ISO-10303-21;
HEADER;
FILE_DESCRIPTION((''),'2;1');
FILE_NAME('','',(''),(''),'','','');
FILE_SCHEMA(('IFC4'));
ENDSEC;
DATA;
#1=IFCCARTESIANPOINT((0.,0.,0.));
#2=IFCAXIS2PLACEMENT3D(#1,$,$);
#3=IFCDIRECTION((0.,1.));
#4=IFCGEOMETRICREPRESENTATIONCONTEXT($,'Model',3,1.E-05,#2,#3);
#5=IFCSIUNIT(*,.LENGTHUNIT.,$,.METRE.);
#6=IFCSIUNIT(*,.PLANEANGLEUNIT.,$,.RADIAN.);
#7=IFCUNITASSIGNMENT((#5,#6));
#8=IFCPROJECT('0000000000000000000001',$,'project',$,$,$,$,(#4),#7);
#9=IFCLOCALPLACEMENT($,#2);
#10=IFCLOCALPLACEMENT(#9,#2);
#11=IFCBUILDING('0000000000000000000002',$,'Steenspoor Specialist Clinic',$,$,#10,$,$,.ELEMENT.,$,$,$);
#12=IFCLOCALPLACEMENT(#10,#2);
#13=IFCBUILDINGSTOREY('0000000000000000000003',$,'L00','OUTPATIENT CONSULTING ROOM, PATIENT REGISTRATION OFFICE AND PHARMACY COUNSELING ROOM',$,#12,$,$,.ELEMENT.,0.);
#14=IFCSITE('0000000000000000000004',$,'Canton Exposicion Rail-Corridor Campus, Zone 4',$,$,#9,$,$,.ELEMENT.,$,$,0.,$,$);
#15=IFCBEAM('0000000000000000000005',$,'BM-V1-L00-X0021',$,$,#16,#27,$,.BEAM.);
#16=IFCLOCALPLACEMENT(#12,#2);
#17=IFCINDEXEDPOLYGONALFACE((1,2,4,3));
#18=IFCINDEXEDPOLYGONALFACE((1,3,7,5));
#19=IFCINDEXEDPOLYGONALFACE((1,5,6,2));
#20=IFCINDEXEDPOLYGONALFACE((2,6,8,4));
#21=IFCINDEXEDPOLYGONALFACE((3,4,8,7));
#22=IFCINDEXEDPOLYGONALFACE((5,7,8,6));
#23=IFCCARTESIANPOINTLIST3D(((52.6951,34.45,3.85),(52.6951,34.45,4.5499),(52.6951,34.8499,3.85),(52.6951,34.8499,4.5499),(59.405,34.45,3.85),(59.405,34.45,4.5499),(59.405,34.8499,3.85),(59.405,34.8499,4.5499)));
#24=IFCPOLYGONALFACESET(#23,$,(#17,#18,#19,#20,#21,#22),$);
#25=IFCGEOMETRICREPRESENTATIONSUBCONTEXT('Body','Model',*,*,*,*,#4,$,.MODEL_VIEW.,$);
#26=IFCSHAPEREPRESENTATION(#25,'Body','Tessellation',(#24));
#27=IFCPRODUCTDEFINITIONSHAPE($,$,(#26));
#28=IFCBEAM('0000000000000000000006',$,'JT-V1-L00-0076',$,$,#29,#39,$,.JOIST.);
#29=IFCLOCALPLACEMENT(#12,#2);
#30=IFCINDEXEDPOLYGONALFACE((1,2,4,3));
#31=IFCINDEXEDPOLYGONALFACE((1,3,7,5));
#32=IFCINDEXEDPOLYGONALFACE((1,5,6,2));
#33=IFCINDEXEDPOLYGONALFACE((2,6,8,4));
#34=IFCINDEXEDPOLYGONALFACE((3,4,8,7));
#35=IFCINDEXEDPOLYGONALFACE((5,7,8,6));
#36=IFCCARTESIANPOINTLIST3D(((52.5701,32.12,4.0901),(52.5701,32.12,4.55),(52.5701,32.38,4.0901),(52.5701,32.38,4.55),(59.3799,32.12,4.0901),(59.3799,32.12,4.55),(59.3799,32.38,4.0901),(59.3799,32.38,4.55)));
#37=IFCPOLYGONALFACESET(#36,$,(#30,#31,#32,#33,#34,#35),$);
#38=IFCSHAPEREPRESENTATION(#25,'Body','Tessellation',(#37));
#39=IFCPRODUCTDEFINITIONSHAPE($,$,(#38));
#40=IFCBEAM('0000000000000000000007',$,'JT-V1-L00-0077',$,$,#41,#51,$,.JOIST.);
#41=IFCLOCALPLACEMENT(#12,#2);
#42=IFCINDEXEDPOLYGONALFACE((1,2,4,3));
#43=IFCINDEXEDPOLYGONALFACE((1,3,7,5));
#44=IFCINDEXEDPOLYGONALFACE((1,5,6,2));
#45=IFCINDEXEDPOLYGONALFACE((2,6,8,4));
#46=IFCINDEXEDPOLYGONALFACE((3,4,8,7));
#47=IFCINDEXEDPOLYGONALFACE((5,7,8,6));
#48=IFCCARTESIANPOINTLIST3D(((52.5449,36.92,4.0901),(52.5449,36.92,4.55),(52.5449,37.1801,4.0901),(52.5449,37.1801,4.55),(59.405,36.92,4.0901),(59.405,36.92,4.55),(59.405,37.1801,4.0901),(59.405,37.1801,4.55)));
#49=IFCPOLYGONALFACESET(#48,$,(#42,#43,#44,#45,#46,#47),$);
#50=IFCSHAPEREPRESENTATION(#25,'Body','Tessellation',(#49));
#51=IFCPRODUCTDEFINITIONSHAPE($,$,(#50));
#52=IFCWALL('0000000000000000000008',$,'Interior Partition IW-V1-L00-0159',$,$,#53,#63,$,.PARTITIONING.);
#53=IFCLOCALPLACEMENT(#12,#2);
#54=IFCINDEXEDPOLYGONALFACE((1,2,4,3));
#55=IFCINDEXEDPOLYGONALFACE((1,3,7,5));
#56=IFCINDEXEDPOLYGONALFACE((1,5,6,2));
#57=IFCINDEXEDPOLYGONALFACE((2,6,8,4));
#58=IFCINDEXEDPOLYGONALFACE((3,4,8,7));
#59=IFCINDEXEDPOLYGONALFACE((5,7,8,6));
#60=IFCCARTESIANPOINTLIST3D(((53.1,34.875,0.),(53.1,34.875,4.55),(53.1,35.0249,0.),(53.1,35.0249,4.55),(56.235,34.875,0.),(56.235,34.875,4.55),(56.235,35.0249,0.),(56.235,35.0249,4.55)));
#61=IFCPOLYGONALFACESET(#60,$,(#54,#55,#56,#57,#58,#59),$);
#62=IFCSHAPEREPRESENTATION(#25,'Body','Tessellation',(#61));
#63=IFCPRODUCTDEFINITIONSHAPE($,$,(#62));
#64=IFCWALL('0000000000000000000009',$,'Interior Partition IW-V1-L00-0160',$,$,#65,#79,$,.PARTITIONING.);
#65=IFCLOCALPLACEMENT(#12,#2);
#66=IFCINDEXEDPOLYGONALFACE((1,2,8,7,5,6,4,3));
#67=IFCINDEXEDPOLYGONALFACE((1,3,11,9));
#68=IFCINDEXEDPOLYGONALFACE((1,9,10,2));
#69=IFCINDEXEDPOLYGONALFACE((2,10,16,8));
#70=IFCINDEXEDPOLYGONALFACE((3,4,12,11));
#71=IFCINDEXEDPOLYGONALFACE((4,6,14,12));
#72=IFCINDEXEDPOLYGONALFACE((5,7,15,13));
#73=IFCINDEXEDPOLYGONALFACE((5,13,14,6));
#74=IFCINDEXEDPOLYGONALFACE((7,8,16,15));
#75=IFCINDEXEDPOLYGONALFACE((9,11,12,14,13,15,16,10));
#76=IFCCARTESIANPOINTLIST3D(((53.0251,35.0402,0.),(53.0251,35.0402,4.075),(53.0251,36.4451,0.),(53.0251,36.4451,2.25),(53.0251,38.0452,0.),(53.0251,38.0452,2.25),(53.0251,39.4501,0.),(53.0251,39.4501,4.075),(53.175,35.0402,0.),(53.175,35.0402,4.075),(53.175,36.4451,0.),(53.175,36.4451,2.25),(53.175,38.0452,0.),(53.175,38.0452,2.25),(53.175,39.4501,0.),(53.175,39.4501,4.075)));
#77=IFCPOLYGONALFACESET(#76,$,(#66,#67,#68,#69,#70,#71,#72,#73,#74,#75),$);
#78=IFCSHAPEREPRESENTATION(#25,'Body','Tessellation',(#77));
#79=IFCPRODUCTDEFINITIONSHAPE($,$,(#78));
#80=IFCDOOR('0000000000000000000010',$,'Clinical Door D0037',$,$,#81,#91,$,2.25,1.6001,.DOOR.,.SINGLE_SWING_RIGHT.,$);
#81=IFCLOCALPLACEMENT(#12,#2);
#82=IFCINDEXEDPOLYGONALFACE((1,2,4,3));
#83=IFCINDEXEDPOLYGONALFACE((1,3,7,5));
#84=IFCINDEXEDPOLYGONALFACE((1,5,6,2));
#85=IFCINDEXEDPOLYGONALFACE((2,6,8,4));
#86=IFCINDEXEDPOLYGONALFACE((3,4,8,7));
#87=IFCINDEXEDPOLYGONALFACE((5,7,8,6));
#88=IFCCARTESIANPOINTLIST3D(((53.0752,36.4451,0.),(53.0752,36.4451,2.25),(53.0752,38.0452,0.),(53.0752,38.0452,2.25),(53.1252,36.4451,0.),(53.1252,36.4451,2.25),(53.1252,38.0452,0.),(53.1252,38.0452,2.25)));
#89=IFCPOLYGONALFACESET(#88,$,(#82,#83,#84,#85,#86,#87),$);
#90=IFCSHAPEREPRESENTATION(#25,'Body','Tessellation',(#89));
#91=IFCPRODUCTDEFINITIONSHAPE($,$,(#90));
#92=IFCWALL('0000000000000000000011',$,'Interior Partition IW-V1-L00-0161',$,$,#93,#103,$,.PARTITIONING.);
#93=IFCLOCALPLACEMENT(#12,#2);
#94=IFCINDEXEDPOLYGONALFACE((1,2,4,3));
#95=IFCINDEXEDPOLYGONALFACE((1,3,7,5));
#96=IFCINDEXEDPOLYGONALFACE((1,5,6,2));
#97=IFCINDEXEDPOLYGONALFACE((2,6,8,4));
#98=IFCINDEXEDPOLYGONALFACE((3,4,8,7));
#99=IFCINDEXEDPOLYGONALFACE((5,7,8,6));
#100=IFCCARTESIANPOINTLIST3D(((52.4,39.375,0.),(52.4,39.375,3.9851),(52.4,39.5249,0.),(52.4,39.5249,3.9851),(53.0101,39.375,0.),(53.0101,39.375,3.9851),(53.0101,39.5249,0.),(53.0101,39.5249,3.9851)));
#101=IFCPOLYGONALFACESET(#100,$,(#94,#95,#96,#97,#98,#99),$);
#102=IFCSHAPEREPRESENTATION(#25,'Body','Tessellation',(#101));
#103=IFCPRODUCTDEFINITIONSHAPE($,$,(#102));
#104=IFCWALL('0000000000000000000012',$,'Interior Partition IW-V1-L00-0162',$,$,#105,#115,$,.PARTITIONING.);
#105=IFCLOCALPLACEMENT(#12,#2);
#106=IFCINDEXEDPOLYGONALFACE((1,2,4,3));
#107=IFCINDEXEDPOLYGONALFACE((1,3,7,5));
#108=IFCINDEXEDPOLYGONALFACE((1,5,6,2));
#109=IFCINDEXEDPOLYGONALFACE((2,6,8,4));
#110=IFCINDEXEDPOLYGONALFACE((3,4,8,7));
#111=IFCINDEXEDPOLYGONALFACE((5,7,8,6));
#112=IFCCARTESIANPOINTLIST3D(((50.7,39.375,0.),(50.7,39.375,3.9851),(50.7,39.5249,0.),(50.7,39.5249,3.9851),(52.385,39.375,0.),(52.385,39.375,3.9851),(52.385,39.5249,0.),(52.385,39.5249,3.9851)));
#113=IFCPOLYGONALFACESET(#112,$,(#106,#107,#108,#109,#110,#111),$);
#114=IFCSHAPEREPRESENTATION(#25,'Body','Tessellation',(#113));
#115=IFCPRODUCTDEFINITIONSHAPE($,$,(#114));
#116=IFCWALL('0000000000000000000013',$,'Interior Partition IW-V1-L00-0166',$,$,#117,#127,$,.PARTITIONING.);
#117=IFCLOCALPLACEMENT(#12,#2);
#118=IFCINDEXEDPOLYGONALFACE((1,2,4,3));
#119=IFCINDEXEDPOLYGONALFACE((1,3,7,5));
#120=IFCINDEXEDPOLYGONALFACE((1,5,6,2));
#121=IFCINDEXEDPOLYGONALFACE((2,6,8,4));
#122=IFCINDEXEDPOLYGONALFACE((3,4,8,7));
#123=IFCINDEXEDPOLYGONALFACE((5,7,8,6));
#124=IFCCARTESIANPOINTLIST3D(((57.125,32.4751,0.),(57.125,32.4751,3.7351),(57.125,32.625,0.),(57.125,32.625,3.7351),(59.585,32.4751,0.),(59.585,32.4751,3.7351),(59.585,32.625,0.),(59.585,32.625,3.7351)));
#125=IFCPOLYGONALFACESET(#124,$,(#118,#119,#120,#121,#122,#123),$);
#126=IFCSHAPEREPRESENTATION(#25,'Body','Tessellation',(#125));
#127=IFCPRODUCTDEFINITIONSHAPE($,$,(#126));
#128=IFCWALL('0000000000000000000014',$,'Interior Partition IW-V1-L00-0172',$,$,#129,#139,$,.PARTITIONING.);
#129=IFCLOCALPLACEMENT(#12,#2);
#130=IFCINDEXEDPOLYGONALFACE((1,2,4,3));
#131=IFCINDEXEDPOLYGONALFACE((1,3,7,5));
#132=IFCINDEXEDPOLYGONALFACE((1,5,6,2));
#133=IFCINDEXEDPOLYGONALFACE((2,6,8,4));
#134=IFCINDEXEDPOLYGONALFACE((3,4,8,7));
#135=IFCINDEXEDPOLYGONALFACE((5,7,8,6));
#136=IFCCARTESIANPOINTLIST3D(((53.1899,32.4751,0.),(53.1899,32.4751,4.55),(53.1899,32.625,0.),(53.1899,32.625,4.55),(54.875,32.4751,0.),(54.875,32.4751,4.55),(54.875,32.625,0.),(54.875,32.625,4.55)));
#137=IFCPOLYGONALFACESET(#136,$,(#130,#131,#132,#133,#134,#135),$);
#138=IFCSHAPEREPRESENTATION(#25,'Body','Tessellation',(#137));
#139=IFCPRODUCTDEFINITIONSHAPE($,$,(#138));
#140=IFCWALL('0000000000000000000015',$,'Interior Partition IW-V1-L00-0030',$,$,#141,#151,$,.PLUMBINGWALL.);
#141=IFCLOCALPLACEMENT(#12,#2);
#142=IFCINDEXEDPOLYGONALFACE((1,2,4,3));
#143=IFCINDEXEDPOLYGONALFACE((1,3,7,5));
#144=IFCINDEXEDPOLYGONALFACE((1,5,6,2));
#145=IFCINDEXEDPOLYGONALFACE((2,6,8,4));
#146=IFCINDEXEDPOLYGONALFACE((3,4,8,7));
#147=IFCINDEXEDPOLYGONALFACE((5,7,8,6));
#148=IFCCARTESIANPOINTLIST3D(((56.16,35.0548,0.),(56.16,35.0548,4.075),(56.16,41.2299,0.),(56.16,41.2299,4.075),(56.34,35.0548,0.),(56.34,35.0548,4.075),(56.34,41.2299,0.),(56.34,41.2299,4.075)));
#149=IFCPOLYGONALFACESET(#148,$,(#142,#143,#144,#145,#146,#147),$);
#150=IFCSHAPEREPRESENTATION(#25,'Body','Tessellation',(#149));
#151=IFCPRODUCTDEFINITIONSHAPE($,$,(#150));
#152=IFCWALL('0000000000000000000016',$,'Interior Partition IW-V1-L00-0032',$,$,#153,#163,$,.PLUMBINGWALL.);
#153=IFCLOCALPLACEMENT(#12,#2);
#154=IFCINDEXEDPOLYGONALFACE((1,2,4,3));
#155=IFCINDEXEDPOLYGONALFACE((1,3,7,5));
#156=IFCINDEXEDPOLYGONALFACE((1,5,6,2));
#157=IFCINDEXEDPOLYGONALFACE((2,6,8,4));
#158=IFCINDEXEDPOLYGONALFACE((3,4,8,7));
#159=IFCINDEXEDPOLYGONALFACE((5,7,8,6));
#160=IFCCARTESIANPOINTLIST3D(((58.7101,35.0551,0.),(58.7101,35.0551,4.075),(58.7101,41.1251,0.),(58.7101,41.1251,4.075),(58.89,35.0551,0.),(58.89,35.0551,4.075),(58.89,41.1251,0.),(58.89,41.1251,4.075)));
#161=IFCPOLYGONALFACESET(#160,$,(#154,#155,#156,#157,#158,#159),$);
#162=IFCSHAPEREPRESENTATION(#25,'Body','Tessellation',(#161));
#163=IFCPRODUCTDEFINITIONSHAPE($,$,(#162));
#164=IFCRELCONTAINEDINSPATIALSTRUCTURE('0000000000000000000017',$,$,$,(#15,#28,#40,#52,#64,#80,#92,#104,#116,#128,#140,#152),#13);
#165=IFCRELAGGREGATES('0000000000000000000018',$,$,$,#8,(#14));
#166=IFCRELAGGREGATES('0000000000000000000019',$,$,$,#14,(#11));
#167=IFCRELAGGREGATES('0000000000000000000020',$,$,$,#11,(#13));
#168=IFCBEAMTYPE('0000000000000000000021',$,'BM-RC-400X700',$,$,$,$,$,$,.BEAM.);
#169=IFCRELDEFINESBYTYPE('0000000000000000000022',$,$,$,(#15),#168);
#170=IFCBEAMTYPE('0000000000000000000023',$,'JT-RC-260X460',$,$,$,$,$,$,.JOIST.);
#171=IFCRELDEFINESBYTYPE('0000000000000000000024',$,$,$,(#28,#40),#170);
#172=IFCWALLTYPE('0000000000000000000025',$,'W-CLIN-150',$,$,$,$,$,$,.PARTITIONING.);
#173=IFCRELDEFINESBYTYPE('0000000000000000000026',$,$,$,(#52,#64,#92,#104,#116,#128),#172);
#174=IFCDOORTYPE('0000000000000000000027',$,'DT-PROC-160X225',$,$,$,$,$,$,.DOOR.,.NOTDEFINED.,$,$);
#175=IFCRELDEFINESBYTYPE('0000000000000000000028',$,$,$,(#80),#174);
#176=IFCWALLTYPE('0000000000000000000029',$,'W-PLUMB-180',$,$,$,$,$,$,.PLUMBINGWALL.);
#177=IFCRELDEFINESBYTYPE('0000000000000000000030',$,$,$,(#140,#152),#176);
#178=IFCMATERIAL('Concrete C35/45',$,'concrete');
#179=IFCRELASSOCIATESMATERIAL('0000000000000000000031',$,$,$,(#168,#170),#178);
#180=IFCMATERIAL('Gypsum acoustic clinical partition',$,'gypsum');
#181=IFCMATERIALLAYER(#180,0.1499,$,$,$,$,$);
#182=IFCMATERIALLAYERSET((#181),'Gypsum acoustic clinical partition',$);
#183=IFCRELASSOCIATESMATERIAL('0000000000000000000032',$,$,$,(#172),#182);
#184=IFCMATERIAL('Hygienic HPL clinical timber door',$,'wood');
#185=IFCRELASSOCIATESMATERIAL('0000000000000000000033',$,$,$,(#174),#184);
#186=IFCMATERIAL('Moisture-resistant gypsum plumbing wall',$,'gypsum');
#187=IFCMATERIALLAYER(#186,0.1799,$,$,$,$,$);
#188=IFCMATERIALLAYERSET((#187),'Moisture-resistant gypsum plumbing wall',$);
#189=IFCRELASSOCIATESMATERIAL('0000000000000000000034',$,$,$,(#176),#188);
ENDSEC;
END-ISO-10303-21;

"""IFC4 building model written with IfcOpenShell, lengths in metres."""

from ifc_helpers import new_model, si_unit, direction, frame, frame_2d, origin, origin_2d, place, context, subcontext, project, spatial, rectangle, extrude, material, layer, layer_set, material_profile, profile_set, type_object, element, fill, save


model = new_model("IFC4")

# Units and contexts
model_context = context("Model", 3, precision=1e-05, world=origin(), true_north=direction((0.0, 1.0)))
body_context = subcontext(model_context, "Body", "Model", "MODEL_VIEW")
ifc_project = project(units=[si_unit("LENGTHUNIT", "METRE"), si_unit("PLANEANGLEUNIT", "RADIAN")], contexts=[model_context])

# Site, building, storey
site_placement = place(None, origin())
site = spatial("IfcSite", under=ifc_project, at=site_placement, Name="Canton Exposicion Rail-Corridor Campus, Zone 4", CompositionType="ELEMENT", RefElevation=0.0)
building_placement = place(site_placement, origin())
building = spatial("IfcBuilding", under=site, at=building_placement, Name="Steenspoor Specialist Clinic", CompositionType="ELEMENT")
storey_placement = place(building_placement, origin())
storey = spatial("IfcBuildingStorey", under=building, at=storey_placement, Name="L00", Description="OUTPATIENT CONSULTING ROOM, PATIENT REGISTRATION OFFICE AND PHARMACY COUNSELING ROOM", CompositionType="ELEMENT", Elevation=0.0)

# Shared definitions
ifc_material_1 = material(Name="Concrete C35/45", Category="concrete")

# Beams
ifc_material_profile_1 = material_profile(ifc_material_1, rectangle(XDim=0.3999, YDim=0.7, at=origin_2d()), Name="RC-BM-400X700")
ifc_profile_set_1 = profile_set([ifc_material_profile_1], Name="Concrete C35/45")
beam_type_1 = type_object("IfcBeamType", Name="BM-RC-400X700", PredefinedType="BEAM", material=ifc_profile_set_1)
beam_1_placement = place(storey_placement, frame((52.6951, 34.6499, 4.2), z_axis=(1.0, 0.0, 0.0), x_axis=(0.0, 1.0, 0.0)))
element("IfcBeam", 1, at=beam_1_placement, inside=storey, type_object=beam_type_1, Name="BM-V1-L00-X0021", PredefinedType="BEAM", context=body_context, shape_type="SweptSolid", body=[
    extrude(rectangle(XDim=0.3999, YDim=0.7, at=origin_2d()), origin(), (0.0, 0.0, 1.0), 6.71),
])
ifc_material_profile_2 = material_profile(ifc_material_1, rectangle(XDim=0.26, YDim=0.46, at=origin_2d()), Name="RC-JT-260X460")
ifc_profile_set_2 = profile_set([ifc_material_profile_2], Name="Concrete C35/45")
beam_type_2 = type_object("IfcBeamType", Name="JT-RC-260X460", PredefinedType="JOIST", material=ifc_profile_set_2)
beam_2_placement = place(storey_placement, frame((52.5701, 32.25, 4.3201), z_axis=(1.0, 0.0, 0.0), x_axis=(0.0, 1.0, 0.0)))
element("IfcBeam", 2, at=beam_2_placement, inside=storey, type_object=beam_type_2, Name="JT-V1-L00-0076", PredefinedType="JOIST", context=body_context, shape_type="SweptSolid", body=[
    extrude(rectangle(XDim=0.26, YDim=0.46, at=origin_2d()), origin(), (0.0, 0.0, 1.0), 6.8098),
])
beam_3_placement = place(storey_placement, frame((52.5449, 37.05, 4.3201), z_axis=(1.0, 0.0, 0.0), x_axis=(0.0, 1.0, 0.0)))
element("IfcBeam", 3, at=beam_3_placement, inside=storey, type_object=beam_type_2, Name="JT-V1-L00-0077", PredefinedType="JOIST", context=body_context, shape_type="SweptSolid", body=[
    extrude(rectangle(XDim=0.26, YDim=0.46, at=origin_2d()), origin(), (0.0, 0.0, 1.0), 6.8601),
])

# Wall
ifc_material_2 = material(Name="Gypsum acoustic clinical partition", Category="gypsum")
ifc_layer_1 = layer(ifc_material_2, 0.1499)
ifc_layer_set_1 = layer_set([ifc_layer_1], Name="Gypsum acoustic clinical partition")
wall_type_1 = type_object("IfcWallType", Name="W-CLIN-150", PredefinedType="PARTITIONING", material=ifc_layer_set_1)
wall_1_placement = place(storey_placement, frame((53.1001, 34.95, 0.0), z_axis=(0.0, 0.0, 1.0), x_axis=(1.0, 0.0, 0.0)))
element("IfcWall", 4, at=wall_1_placement, inside=storey, type_object=wall_type_1, Name="Interior Partition IW-V1-L00-0159", PredefinedType="PARTITIONING", context=body_context, shape_type="SweptSolid", body=[
    extrude(rectangle(XDim=3.135, YDim=0.1499, at=frame_2d((1.5674, 0.0))), origin(), (0.0, 0.0, 1.0), 4.55),
])

# Wall, opening, door
wall_2_placement = place(storey_placement, frame((53.1001, 35.04, 0.0), z_axis=(0.0, 0.0, 1.0), x_axis=(0.0, 1.0, 0.0)))
wall_2 = element("IfcWall", 5, at=wall_2_placement, inside=storey, type_object=wall_type_1, Name="Interior Partition IW-V1-L00-0160", PredefinedType="PARTITIONING", context=body_context, shape_type="SweptSolid", body=[
    extrude(rectangle(XDim=4.4099, YDim=0.1499, at=frame_2d((2.2051, 0.0))), origin(), (0.0, 0.0, 1.0), 4.075),
])
opening_1_placement = place(wall_2_placement, frame((1.405, 0.0, 0.0)))
opening_1 = element("IfcOpeningElement", 6, at=opening_1_placement, cuts=wall_2, PredefinedType="OPENING", context=body_context, shape_type="SweptSolid", body=[
    extrude(rectangle(XDim=1.6001, YDim=2.25, at=frame_2d((0.8, 1.125))), frame((0.0, 0.085, 0.0), z_axis=(0.0, -1.0, 0.0), x_axis=(1.0, 0.0, 0.0)), (0.0, 0.0, 1.0), 0.1699),
])
ifc_material_3 = material(Name="Hygienic HPL clinical timber door", Category="wood")
door_type_1 = type_object("IfcDoorType", Name="DT-PROC-160X225", OperationType="NOTDEFINED", PredefinedType="DOOR", material=ifc_material_3)
door_1_placement = place(opening_1_placement, origin())
door_1 = element("IfcDoor", 7, at=door_1_placement, inside=storey, type_object=door_type_1, Name="Clinical Door D0037", OperationType="SINGLE_SWING_RIGHT", OverallHeight=2.25, OverallWidth=1.6001, PredefinedType="DOOR", context=body_context, shape_type="SweptSolid", body=[
    extrude(rectangle(XDim=1.6001, YDim=2.25, at=frame_2d((0.8, 1.125))), frame((0.0, 0.0249, 0.0), z_axis=(0.0, -1.0, 0.0), x_axis=(1.0, 0.0, 0.0)), (0.0, 0.0, 1.0), 0.05),
])
fill(opening_1, door_1)

# Walls
wall_3_placement = place(storey_placement, frame((52.3999, 39.45, 0.0), z_axis=(0.0, 0.0, 1.0), x_axis=(1.0, 0.0, 0.0)))
element("IfcWall", 8, at=wall_3_placement, inside=storey, type_object=wall_type_1, Name="Interior Partition IW-V1-L00-0161", PredefinedType="PARTITIONING", context=body_context, shape_type="SweptSolid", body=[
    extrude(rectangle(XDim=0.6101, YDim=0.1499, at=frame_2d((0.3052, 0.0))), origin(), (0.0, 0.0, 1.0), 3.9851),
])
wall_4_placement = place(storey_placement, frame((50.7, 39.45, 0.0), z_axis=(0.0, 0.0, 1.0), x_axis=(1.0, 0.0, 0.0)))
element("IfcWall", 9, at=wall_4_placement, inside=storey, type_object=wall_type_1, Name="Interior Partition IW-V1-L00-0162", PredefinedType="PARTITIONING", context=body_context, shape_type="SweptSolid", body=[
    extrude(rectangle(XDim=1.6851, YDim=0.1499, at=frame_2d((0.8425, 0.0))), origin(), (0.0, 0.0, 1.0), 3.9851),
])
wall_5_placement = place(storey_placement, frame((57.125, 32.55, 0.0), z_axis=(0.0, 0.0, 1.0), x_axis=(1.0, 0.0, 0.0)))
element("IfcWall", 10, at=wall_5_placement, inside=storey, type_object=wall_type_1, Name="Interior Partition IW-V1-L00-0166", PredefinedType="PARTITIONING", context=body_context, shape_type="SweptSolid", body=[
    extrude(rectangle(XDim=2.46, YDim=0.1499, at=frame_2d((1.23, 0.0))), origin(), (0.0, 0.0, 1.0), 3.7351),
])
wall_6_placement = place(storey_placement, frame((53.1899, 32.55, 0.0), z_axis=(0.0, 0.0, 1.0), x_axis=(1.0, 0.0, 0.0)))
element("IfcWall", 11, at=wall_6_placement, inside=storey, type_object=wall_type_1, Name="Interior Partition IW-V1-L00-0172", PredefinedType="PARTITIONING", context=body_context, shape_type="SweptSolid", body=[
    extrude(rectangle(XDim=1.6851, YDim=0.1499, at=frame_2d((0.8425, 0.0))), origin(), (0.0, 0.0, 1.0), 4.55),
])

# Shared definitions
ifc_material_4 = material(Name="Moisture-resistant gypsum plumbing wall", Category="gypsum")
ifc_layer_2 = layer(ifc_material_4, 0.1799)
ifc_layer_set_2 = layer_set([ifc_layer_2], Name="Moisture-resistant gypsum plumbing wall")
wall_type_2 = type_object("IfcWallType", Name="W-PLUMB-180", PredefinedType="PLUMBINGWALL", material=ifc_layer_set_2)

# Walls
wall_7_placement = place(storey_placement, frame((56.25, 35.0549, 0.0), z_axis=(0.0, 0.0, 1.0), x_axis=(0.0, 1.0, 0.0)))
element("IfcWall", 12, at=wall_7_placement, inside=storey, type_object=wall_type_2, Name="Interior Partition IW-V1-L00-0030", PredefinedType="PLUMBINGWALL", context=body_context, shape_type="SweptSolid", body=[
    extrude(rectangle(XDim=6.175, YDim=0.1799, at=frame_2d((3.0874, 0.0))), origin(), (0.0, 0.0, 1.0), 4.075),
])
wall_8_placement = place(storey_placement, frame((58.8, 35.0549, 0.0), z_axis=(0.0, 0.0, 1.0), x_axis=(0.0, 1.0, 0.0)))
element("IfcWall", 13, at=wall_8_placement, inside=storey, type_object=wall_type_2, Name="Interior Partition IW-V1-L00-0032", PredefinedType="PLUMBINGWALL", context=body_context, shape_type="SweptSolid", body=[
    extrude(rectangle(XDim=6.0701, YDim=0.1799, at=frame_2d((3.0352, 0.0))), origin(), (0.0, 0.0, 1.0), 4.075),
])

save(model, "model.ifc")
